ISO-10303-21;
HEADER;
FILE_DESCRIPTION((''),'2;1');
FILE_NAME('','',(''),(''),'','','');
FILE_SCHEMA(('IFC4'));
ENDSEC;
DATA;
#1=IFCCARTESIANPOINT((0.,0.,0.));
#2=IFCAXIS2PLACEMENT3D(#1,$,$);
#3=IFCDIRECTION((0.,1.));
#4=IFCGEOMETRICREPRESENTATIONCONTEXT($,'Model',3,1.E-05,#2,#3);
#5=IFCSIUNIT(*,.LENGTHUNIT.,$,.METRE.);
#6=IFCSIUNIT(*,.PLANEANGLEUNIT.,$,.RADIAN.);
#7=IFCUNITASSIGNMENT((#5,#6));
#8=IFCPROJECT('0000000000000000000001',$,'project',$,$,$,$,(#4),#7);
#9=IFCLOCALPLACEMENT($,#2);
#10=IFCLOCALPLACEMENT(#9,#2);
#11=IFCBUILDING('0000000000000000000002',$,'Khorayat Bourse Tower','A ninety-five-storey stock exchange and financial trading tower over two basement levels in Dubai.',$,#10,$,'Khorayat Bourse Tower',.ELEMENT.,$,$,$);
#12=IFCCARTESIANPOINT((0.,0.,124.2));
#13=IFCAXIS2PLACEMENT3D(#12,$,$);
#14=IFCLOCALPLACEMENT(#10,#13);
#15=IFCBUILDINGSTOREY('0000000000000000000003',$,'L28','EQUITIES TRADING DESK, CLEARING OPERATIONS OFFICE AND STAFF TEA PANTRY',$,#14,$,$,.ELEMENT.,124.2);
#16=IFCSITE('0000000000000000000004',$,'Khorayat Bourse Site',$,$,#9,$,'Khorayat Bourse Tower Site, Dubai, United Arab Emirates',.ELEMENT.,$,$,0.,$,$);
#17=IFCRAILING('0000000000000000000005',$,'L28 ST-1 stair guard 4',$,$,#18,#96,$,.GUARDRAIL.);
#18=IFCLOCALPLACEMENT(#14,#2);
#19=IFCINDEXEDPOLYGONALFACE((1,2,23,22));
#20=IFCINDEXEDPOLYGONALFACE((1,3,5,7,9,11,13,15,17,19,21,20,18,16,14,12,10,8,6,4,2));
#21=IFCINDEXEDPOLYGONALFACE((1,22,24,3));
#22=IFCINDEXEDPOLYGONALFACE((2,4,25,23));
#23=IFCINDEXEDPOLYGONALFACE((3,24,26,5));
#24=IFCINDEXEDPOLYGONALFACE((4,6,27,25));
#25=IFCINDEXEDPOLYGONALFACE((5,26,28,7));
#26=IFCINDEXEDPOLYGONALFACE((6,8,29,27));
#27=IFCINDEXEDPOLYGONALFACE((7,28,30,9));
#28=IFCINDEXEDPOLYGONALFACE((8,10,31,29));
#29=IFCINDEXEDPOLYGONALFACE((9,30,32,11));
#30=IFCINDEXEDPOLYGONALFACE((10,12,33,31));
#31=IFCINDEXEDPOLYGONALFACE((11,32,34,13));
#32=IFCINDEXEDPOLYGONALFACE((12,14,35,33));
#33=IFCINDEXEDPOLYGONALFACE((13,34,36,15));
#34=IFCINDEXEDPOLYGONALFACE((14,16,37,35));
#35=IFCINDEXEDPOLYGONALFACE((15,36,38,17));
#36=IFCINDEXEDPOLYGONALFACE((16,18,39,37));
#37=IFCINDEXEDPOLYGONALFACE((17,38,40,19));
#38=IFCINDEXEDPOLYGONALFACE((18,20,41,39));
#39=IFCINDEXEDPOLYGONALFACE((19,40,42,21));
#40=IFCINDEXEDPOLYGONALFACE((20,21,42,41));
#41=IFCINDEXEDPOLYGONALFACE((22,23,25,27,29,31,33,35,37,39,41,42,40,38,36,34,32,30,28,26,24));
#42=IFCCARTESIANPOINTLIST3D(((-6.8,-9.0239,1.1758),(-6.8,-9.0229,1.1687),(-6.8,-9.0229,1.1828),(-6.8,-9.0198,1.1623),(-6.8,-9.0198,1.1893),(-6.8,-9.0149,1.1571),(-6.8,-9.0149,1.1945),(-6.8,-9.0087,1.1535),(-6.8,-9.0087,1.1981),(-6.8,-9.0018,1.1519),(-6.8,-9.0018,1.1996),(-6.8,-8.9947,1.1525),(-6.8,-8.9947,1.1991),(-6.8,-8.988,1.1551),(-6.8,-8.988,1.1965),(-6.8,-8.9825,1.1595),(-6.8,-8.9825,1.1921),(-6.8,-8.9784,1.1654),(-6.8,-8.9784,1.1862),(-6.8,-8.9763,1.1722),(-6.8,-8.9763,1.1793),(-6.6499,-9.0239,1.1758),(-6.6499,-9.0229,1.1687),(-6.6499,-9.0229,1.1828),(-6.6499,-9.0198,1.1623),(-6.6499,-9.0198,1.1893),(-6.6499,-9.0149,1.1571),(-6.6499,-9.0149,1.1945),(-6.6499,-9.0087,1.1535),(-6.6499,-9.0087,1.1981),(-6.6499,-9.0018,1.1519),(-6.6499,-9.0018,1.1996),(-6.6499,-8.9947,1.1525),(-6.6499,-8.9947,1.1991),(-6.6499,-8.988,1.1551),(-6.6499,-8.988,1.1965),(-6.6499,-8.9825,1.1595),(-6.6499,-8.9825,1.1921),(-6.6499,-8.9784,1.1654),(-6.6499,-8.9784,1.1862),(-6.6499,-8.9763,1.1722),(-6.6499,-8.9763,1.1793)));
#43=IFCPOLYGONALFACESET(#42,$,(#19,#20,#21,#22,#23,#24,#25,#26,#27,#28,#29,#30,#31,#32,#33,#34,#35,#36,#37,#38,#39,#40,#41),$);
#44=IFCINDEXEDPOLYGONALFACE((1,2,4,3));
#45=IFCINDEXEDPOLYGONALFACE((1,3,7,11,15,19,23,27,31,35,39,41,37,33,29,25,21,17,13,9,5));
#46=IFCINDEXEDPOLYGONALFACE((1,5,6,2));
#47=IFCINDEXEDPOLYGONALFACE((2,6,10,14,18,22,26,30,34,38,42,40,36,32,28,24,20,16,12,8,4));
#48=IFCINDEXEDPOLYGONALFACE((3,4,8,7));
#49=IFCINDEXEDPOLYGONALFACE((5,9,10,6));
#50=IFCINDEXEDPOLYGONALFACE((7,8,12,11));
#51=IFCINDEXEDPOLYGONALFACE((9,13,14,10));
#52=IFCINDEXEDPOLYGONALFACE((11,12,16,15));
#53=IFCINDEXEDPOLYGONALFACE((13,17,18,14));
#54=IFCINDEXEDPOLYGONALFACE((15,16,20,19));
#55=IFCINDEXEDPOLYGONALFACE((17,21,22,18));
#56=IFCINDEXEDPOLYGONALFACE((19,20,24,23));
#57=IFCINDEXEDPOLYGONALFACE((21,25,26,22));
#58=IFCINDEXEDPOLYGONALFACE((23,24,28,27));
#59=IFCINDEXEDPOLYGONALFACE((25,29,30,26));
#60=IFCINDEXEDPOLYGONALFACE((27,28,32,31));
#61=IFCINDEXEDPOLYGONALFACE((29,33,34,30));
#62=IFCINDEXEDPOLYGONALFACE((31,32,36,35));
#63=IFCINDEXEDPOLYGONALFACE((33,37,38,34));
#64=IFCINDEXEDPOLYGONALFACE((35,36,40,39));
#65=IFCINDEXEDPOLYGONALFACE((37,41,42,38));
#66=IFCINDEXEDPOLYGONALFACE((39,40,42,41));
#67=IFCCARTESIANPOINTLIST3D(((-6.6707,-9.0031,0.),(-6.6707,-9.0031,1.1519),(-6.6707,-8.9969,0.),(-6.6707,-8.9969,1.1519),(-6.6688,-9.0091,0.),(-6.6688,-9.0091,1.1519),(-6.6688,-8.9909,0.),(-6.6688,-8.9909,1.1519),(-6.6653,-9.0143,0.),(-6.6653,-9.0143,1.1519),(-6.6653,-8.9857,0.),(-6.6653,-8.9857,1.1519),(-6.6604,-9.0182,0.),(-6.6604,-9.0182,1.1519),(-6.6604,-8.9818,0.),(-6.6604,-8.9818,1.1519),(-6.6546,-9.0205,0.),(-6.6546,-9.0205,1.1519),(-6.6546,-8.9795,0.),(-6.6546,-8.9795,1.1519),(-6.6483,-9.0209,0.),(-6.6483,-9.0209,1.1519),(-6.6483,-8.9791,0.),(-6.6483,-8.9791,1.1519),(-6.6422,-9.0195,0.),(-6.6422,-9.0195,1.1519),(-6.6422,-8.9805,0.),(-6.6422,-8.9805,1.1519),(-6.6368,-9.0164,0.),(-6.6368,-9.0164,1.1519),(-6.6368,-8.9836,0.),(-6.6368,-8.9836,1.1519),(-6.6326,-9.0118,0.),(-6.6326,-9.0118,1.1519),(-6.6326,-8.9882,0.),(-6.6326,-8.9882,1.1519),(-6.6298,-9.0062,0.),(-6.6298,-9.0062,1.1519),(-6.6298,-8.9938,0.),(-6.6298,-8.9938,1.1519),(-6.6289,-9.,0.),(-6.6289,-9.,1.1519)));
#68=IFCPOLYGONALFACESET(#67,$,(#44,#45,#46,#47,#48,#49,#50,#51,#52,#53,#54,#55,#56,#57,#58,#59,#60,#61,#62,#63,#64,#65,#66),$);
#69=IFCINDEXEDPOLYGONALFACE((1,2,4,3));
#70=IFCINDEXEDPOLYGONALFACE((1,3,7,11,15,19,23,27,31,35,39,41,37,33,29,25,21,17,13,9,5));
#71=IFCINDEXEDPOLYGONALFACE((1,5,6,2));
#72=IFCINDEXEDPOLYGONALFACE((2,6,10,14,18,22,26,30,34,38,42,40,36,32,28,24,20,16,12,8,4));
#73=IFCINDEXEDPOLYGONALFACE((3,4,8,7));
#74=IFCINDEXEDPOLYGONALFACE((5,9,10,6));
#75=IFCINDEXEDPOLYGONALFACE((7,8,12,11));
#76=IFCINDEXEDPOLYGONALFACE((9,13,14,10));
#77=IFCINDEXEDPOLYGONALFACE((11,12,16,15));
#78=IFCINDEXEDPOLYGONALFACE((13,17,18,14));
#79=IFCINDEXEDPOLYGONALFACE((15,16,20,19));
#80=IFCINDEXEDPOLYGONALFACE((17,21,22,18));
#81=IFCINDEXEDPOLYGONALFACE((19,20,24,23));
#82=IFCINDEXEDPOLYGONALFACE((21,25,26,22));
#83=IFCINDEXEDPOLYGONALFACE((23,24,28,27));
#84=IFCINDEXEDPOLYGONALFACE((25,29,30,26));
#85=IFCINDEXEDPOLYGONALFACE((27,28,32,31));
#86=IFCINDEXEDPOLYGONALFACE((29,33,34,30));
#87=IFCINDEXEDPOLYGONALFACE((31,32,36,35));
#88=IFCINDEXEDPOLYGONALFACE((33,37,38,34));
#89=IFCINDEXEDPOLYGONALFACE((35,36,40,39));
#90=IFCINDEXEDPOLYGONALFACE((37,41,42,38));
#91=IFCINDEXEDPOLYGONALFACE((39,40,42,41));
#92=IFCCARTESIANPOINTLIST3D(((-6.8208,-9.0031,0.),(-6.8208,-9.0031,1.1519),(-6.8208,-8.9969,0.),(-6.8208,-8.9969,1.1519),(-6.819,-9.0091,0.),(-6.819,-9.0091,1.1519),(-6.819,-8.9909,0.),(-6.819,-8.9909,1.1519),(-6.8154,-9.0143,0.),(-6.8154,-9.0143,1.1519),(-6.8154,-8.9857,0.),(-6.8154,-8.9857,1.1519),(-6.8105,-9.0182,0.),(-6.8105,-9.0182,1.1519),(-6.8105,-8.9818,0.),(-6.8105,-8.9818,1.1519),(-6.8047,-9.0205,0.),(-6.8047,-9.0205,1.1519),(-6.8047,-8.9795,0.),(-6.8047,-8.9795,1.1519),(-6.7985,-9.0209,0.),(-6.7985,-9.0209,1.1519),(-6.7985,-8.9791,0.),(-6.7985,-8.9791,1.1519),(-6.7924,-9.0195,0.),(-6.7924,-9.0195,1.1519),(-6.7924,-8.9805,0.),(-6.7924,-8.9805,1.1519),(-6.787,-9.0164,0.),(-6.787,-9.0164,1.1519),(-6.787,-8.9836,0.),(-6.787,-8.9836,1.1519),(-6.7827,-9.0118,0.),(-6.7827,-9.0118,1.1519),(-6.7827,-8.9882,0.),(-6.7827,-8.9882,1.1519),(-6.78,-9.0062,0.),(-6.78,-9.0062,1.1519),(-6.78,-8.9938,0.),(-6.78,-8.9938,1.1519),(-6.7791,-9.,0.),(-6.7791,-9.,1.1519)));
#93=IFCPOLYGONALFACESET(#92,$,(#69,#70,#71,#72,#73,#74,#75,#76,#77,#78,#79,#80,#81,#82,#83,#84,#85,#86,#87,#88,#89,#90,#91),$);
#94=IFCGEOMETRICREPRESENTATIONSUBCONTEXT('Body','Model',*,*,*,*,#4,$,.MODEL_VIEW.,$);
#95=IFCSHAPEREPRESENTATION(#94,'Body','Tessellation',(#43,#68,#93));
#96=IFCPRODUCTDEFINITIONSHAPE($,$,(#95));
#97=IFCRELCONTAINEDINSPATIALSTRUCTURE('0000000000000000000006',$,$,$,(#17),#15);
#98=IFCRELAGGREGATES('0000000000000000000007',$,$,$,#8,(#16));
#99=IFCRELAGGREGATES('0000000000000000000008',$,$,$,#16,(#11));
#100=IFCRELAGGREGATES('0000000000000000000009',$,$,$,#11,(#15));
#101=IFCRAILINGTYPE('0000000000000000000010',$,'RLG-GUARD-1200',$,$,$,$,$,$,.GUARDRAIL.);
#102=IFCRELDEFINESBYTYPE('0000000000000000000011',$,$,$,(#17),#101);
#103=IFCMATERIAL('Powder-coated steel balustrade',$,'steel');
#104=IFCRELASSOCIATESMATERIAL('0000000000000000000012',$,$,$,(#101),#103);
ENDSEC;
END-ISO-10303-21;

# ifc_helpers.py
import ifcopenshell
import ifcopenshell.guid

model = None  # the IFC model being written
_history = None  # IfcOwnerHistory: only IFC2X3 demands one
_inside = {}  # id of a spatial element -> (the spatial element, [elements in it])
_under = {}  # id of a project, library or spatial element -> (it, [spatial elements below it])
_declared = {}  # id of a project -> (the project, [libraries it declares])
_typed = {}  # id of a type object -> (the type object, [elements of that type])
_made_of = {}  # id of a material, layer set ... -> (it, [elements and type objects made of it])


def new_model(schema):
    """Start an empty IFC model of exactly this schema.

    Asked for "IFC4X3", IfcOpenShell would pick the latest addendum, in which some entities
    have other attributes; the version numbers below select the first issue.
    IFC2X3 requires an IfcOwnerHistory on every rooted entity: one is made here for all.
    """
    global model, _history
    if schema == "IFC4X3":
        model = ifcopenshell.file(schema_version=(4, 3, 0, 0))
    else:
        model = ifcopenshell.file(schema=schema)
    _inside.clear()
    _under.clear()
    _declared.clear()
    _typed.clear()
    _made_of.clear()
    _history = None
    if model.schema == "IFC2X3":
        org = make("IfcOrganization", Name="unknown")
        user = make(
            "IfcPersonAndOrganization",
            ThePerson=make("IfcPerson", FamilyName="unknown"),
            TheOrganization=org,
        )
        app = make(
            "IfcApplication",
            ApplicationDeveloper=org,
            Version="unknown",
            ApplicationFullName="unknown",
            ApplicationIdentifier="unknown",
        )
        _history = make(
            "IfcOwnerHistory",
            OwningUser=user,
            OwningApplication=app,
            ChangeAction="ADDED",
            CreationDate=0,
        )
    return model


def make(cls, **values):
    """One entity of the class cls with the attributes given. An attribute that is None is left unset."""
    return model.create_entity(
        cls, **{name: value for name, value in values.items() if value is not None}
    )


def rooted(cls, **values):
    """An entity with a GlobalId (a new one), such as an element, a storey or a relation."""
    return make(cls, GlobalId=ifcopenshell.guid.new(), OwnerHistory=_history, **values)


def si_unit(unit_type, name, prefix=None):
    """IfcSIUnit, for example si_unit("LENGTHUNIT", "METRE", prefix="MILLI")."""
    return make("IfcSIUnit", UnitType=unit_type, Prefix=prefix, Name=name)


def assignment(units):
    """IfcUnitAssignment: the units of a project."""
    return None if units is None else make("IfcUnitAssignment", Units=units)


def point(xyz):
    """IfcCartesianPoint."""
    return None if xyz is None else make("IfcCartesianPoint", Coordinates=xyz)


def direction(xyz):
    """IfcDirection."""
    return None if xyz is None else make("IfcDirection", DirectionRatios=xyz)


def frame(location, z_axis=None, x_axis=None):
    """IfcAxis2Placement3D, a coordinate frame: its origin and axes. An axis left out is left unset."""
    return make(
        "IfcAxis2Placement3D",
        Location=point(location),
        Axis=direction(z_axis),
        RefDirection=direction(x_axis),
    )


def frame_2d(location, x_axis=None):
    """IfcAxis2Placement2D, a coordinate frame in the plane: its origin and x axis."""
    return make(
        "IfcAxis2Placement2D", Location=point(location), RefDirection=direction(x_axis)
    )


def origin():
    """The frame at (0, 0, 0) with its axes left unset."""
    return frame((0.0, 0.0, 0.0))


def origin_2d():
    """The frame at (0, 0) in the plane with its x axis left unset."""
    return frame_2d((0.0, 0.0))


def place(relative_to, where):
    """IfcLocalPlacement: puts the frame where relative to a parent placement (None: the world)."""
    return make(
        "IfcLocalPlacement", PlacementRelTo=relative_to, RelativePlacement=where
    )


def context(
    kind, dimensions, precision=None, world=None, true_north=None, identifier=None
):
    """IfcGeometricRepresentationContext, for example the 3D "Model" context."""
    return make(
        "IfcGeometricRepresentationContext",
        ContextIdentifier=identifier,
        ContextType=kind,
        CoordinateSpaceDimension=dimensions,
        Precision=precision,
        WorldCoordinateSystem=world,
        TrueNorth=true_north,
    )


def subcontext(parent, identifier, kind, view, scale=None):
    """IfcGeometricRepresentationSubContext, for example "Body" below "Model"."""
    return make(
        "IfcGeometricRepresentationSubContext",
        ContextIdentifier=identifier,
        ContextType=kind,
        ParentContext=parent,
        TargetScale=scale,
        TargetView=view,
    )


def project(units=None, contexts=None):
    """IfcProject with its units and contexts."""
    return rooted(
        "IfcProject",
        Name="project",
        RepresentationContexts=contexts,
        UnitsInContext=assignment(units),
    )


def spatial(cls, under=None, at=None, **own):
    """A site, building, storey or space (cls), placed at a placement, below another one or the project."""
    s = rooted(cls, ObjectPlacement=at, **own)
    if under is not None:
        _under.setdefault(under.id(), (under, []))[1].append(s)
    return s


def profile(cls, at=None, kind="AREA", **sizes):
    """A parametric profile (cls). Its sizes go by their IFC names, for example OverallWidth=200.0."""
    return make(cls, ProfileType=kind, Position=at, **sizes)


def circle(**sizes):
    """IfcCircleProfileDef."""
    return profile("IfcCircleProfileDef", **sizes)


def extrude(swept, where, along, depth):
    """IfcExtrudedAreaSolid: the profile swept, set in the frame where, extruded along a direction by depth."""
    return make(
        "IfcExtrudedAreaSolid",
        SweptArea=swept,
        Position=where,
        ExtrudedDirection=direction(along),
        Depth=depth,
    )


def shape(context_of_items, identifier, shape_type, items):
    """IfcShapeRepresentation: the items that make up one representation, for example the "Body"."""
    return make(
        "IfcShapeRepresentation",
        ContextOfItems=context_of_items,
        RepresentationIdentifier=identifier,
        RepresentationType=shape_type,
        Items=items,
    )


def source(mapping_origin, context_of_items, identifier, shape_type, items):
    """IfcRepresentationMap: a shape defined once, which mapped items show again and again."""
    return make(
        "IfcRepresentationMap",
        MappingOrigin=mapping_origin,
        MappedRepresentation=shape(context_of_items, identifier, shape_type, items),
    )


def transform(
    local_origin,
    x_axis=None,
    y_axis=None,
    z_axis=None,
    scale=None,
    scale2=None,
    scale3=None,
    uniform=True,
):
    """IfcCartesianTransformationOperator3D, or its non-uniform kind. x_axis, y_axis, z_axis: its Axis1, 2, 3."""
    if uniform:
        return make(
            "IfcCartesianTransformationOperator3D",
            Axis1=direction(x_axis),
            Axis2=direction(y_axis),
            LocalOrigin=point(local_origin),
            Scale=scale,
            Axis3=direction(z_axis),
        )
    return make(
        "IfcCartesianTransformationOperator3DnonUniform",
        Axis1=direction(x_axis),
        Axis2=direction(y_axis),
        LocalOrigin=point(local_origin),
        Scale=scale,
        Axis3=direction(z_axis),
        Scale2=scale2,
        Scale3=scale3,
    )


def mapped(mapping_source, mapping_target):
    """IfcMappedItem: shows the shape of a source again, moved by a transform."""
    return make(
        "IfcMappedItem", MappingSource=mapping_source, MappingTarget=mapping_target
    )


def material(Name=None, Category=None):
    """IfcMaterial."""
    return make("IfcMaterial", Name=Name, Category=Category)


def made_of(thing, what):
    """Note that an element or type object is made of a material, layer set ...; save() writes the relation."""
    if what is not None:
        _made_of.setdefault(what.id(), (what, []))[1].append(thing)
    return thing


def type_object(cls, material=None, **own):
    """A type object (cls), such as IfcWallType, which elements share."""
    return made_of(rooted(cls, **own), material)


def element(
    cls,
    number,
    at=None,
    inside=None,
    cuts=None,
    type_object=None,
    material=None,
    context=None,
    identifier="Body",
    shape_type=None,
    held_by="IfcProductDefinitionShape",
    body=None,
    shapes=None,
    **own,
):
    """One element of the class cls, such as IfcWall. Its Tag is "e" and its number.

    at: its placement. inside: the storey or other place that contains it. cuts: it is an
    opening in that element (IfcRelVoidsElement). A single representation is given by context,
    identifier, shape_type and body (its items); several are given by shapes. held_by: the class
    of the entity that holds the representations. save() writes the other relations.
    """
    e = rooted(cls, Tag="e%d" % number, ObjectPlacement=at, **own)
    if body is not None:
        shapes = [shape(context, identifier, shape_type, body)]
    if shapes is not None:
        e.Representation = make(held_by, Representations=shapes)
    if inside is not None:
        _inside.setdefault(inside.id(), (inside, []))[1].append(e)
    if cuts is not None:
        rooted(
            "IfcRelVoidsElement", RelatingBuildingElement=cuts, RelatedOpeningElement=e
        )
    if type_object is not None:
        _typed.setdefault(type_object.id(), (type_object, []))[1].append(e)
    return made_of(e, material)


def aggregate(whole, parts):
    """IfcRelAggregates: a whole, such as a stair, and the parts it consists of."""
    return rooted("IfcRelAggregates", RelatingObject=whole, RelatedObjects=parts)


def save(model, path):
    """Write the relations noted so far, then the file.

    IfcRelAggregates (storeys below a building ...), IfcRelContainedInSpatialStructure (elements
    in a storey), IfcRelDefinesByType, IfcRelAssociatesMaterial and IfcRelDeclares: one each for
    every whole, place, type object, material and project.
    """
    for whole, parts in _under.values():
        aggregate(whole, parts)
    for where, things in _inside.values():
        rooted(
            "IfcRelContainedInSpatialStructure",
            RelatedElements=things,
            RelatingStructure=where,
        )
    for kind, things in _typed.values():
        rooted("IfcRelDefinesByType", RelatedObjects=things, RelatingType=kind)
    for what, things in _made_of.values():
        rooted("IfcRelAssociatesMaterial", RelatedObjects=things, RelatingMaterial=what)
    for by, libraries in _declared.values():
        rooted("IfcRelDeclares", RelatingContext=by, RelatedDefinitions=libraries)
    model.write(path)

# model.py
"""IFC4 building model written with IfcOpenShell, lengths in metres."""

from ifc_helpers import new_model, si_unit, direction, frame, origin, origin_2d, place, context, subcontext, project, spatial, circle, extrude, source, transform, mapped, material, type_object, element, save


model = new_model("IFC4")

# Units and contexts
model_context = context("Model", 3, precision=1e-05, world=origin(), true_north=direction((0.0, 1.0)))
body_context = subcontext(model_context, "Body", "Model", "MODEL_VIEW")
ifc_project = project(units=[si_unit("LENGTHUNIT", "METRE"), si_unit("PLANEANGLEUNIT", "RADIAN")], contexts=[model_context])

# Site, building, storey
site_placement = place(None, origin())
site = spatial("IfcSite", under=ifc_project, at=site_placement, Name="Khorayat Bourse Site", LongName="Khorayat Bourse Tower Site, Dubai, United Arab Emirates", CompositionType="ELEMENT", RefElevation=0.0)
building_placement = place(site_placement, origin())
building = spatial("IfcBuilding", under=site, at=building_placement, Name="Khorayat Bourse Tower", Description="A ninety-five-storey stock exchange and financial trading tower over two basement levels in Dubai.", LongName="Khorayat Bourse Tower", CompositionType="ELEMENT")
storey_placement = place(building_placement, frame((0.0, 0.0, 124.2)))
storey = spatial("IfcBuildingStorey", under=building, at=storey_placement, Name="L28", Description="EQUITIES TRADING DESK, CLEARING OPERATIONS OFFICE AND STAFF TEA PANTRY", CompositionType="ELEMENT", Elevation=124.2)

# Railing
ifc_material_1 = material(Name="Powder-coated steel balustrade", Category="steel")
railing_type_1 = type_object("IfcRailingType", Name="RLG-GUARD-1200", PredefinedType="GUARDRAIL", material=ifc_material_1)
shared_shape_1 = source(origin(), body_context, "Body", "SweptSolid", [
    extrude(circle(Radius=0.0239, at=origin_2d()), frame((0.0, 0.0, 1.1758), z_axis=(-1.0, 0.0, 0.0), x_axis=(0.0, -1.0, 0.0)), (0.0, 0.0, 1.0), 0.1501),
    extrude(circle(Radius=0.021, at=origin_2d()), origin(), (0.0, 0.0, 1.0), 1.1519),
    extrude(circle(Radius=0.021, at=origin_2d()), frame((-0.1501, 0.0, 0.0)), (0.0, 0.0, 1.0), 1.1519),
])
for number, where, name in (
    (1, (-6.6499, -9.0, 0.0), "L28 ST-1 stair guard 4"),
):
    element("IfcRailing", number, at=place(storey_placement, frame(where)), inside=storey, type_object=railing_type_1, Name=name, PredefinedType="GUARDRAIL", context=body_context, shape_type="MappedRepresentation", body=[
        mapped(shared_shape_1, transform((0.0, 0.0, 0.0), scale=1.0)),
    ])

save(model, "model.ifc")
